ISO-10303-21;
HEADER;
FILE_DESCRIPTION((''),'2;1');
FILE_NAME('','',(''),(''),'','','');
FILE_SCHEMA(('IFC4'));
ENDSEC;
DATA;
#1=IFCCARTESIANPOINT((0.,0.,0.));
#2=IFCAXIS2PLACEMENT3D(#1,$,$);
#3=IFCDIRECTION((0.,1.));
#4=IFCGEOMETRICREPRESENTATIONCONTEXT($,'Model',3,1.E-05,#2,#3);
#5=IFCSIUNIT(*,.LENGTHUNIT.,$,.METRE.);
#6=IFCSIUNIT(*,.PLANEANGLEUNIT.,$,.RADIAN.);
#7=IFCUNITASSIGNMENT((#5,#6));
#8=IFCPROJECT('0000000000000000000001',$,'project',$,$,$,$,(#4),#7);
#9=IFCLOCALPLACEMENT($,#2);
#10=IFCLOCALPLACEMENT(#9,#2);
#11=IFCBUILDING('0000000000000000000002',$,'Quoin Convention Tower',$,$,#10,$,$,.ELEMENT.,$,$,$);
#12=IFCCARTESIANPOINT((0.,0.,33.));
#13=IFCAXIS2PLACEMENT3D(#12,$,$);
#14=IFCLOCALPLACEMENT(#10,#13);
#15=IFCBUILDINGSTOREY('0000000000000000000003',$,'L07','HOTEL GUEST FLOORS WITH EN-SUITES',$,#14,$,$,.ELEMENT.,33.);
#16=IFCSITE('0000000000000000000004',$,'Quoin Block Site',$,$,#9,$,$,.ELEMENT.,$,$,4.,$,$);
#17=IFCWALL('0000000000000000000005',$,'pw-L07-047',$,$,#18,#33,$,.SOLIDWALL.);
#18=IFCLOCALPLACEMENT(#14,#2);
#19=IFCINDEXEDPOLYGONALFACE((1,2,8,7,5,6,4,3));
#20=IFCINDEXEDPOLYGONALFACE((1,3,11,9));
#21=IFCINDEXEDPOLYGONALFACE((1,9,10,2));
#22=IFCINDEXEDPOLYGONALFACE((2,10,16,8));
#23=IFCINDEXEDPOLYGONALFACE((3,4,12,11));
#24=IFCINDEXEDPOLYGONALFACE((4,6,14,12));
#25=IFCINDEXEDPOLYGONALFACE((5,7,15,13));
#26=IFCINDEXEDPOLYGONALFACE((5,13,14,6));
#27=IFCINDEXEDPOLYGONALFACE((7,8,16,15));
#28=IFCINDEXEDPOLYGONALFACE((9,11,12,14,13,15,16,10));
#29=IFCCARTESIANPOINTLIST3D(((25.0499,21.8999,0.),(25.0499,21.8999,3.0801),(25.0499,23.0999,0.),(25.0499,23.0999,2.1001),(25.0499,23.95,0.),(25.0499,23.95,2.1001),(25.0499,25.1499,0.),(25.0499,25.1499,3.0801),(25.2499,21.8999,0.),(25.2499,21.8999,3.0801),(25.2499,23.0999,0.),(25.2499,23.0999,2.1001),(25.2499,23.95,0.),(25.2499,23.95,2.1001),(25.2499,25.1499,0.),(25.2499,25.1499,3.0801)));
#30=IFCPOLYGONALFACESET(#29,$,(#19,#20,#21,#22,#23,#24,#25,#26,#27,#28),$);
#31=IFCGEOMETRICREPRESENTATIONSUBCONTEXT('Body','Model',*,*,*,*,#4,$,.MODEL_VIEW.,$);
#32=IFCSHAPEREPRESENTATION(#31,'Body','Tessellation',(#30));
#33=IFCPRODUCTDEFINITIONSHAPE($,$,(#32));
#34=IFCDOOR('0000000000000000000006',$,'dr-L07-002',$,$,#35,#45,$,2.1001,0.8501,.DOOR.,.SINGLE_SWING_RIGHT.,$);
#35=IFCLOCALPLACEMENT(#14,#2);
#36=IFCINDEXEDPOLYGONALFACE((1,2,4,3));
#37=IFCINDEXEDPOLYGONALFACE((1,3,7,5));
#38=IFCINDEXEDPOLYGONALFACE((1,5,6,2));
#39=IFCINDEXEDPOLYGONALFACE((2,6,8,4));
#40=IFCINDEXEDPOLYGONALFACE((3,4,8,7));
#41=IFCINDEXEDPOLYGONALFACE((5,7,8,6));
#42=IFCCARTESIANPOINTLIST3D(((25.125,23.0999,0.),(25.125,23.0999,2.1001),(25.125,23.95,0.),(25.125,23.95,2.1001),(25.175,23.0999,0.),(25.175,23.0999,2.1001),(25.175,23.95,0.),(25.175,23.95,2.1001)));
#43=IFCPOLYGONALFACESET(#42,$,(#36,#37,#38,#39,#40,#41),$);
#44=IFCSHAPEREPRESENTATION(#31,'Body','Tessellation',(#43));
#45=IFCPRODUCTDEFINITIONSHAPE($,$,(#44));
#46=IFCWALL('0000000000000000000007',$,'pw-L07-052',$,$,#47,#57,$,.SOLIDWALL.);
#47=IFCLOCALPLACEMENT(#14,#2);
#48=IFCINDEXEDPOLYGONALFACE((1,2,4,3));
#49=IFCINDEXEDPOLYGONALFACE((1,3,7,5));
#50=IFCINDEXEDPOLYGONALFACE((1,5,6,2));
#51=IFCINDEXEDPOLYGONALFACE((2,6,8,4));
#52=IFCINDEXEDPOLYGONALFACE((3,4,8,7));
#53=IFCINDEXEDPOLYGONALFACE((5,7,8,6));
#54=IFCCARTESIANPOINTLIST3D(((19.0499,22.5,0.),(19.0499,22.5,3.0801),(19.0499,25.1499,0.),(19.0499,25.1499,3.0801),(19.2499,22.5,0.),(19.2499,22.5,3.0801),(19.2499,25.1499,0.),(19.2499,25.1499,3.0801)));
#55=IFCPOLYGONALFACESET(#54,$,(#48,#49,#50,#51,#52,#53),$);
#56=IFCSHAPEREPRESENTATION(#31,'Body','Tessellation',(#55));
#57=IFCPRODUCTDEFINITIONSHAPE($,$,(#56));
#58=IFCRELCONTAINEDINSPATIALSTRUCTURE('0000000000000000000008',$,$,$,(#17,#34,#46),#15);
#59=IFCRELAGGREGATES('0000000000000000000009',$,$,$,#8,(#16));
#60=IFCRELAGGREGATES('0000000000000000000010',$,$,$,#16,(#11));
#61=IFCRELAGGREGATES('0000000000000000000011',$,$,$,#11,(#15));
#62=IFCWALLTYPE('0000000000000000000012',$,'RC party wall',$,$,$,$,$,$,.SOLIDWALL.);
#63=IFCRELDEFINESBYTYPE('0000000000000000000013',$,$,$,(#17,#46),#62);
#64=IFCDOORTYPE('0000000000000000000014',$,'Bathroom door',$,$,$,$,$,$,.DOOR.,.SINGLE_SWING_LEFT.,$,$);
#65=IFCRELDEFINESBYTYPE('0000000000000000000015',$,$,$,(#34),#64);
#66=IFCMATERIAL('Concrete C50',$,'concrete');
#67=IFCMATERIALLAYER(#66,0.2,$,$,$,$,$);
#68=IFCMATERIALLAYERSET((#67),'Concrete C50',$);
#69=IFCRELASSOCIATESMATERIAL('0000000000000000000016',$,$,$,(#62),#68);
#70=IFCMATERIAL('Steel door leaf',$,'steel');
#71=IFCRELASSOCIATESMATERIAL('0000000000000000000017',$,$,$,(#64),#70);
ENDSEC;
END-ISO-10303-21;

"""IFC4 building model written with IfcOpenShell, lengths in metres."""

from ifc_helpers import new_model, si_unit, direction, frame, frame_2d, origin, place, context, subcontext, project, spatial, rectangle, extrude, material, layer, layer_set, type_object, element, fill, save


model = new_model("IFC4")

# Units and contexts
model_context = context("Model", 3, precision=1e-05, world=origin(), true_north=direction((0.0, 1.0)))
body_context = subcontext(model_context, "Body", "Model", "MODEL_VIEW")
ifc_project = project(units=[si_unit("LENGTHUNIT", "METRE"), si_unit("PLANEANGLEUNIT", "RADIAN")], contexts=[model_context])

# Site, building, storey
site_placement = place(None, origin())
site = spatial("IfcSite", under=ifc_project, at=site_placement, Name="Quoin Block Site", CompositionType="ELEMENT", RefElevation=4.0)
building_placement = place(site_placement, origin())
building = spatial("IfcBuilding", under=site, at=building_placement, Name="Quoin Convention Tower", CompositionType="ELEMENT")
storey_placement = place(building_placement, frame((0.0, 0.0, 33.0)))
storey = spatial("IfcBuildingStorey", under=building, at=storey_placement, Name="L07", Description="HOTEL GUEST FLOORS WITH EN-SUITES", CompositionType="ELEMENT", Elevation=33.0)

# Wall, opening, door
ifc_material_1 = material(Name="Concrete C50", Category="concrete")
ifc_layer_1 = layer(ifc_material_1, 0.2)
ifc_layer_set_1 = layer_set([ifc_layer_1], Name="Concrete C50")
wall_type_1 = type_object("IfcWallType", Name="RC party wall", PredefinedType="SOLIDWALL", material=ifc_layer_set_1)
wall_1_placement = place(storey_placement, frame((25.1499, 21.8999, 0.0), z_axis=(0.0, 0.0, 1.0), x_axis=(0.0, 1.0, 0.0)))
wall_1 = element("IfcWall", 1, at=wall_1_placement, inside=storey, type_object=wall_type_1, Name="pw-L07-047", PredefinedType="SOLIDWALL", context=body_context, shape_type="SweptSolid", body=[
    extrude(rectangle(XDim=3.25, YDim=0.2, at=frame_2d((1.625, 0.0))), origin(), (0.0, 0.0, 1.0), 3.0801),
])
opening_1_placement = place(wall_1_placement, frame((1.2, 0.0, 0.0)))
opening_1 = element("IfcOpeningElement", 2, at=opening_1_placement, cuts=wall_1, PredefinedType="OPENING", context=body_context, shape_type="SweptSolid", body=[
    extrude(rectangle(XDim=0.8501, YDim=2.1001, at=frame_2d((0.425, 1.05))), frame((0.0, 0.1099, 0.0), z_axis=(0.0, -1.0, 0.0), x_axis=(1.0, 0.0, 0.0)), (0.0, 0.0, 1.0), 0.22),
])
ifc_material_2 = material(Name="Steel door leaf", Category="steel")
door_type_1 = type_object("IfcDoorType", Name="Bathroom door", OperationType="SINGLE_SWING_LEFT", PredefinedType="DOOR", material=ifc_material_2)
door_1_placement = place(opening_1_placement, origin())
door_1 = element("IfcDoor", 3, at=door_1_placement, inside=storey, type_object=door_type_1, Name="dr-L07-002", OperationType="SINGLE_SWING_RIGHT", OverallHeight=2.1001, OverallWidth=0.8501, PredefinedType="DOOR", context=body_context, shape_type="SweptSolid", body=[
    extrude(rectangle(XDim=0.8501, YDim=2.1001, at=frame_2d((0.425, 1.05))), frame((0.0, 0.0249, 0.0), z_axis=(0.0, -1.0, 0.0), x_axis=(1.0, 0.0, 0.0)), (0.0, 0.0, 1.0), 0.05),
])
fill(opening_1, door_1)

# Wall
wall_2_placement = place(storey_placement, frame((19.1499, 22.5, 0.0), z_axis=(0.0, 0.0, 1.0), x_axis=(0.0, 1.0, 0.0)))
element("IfcWall", 4, at=wall_2_placement, inside=storey, type_object=wall_type_1, Name="pw-L07-052", PredefinedType="SOLIDWALL", context=body_context, shape_type="SweptSolid", body=[
    extrude(rectangle(XDim=2.6499, YDim=0.2, at=frame_2d((1.325, 0.0))), origin(), (0.0, 0.0, 1.0), 3.0801),
])

save(model, "model.ifc")
